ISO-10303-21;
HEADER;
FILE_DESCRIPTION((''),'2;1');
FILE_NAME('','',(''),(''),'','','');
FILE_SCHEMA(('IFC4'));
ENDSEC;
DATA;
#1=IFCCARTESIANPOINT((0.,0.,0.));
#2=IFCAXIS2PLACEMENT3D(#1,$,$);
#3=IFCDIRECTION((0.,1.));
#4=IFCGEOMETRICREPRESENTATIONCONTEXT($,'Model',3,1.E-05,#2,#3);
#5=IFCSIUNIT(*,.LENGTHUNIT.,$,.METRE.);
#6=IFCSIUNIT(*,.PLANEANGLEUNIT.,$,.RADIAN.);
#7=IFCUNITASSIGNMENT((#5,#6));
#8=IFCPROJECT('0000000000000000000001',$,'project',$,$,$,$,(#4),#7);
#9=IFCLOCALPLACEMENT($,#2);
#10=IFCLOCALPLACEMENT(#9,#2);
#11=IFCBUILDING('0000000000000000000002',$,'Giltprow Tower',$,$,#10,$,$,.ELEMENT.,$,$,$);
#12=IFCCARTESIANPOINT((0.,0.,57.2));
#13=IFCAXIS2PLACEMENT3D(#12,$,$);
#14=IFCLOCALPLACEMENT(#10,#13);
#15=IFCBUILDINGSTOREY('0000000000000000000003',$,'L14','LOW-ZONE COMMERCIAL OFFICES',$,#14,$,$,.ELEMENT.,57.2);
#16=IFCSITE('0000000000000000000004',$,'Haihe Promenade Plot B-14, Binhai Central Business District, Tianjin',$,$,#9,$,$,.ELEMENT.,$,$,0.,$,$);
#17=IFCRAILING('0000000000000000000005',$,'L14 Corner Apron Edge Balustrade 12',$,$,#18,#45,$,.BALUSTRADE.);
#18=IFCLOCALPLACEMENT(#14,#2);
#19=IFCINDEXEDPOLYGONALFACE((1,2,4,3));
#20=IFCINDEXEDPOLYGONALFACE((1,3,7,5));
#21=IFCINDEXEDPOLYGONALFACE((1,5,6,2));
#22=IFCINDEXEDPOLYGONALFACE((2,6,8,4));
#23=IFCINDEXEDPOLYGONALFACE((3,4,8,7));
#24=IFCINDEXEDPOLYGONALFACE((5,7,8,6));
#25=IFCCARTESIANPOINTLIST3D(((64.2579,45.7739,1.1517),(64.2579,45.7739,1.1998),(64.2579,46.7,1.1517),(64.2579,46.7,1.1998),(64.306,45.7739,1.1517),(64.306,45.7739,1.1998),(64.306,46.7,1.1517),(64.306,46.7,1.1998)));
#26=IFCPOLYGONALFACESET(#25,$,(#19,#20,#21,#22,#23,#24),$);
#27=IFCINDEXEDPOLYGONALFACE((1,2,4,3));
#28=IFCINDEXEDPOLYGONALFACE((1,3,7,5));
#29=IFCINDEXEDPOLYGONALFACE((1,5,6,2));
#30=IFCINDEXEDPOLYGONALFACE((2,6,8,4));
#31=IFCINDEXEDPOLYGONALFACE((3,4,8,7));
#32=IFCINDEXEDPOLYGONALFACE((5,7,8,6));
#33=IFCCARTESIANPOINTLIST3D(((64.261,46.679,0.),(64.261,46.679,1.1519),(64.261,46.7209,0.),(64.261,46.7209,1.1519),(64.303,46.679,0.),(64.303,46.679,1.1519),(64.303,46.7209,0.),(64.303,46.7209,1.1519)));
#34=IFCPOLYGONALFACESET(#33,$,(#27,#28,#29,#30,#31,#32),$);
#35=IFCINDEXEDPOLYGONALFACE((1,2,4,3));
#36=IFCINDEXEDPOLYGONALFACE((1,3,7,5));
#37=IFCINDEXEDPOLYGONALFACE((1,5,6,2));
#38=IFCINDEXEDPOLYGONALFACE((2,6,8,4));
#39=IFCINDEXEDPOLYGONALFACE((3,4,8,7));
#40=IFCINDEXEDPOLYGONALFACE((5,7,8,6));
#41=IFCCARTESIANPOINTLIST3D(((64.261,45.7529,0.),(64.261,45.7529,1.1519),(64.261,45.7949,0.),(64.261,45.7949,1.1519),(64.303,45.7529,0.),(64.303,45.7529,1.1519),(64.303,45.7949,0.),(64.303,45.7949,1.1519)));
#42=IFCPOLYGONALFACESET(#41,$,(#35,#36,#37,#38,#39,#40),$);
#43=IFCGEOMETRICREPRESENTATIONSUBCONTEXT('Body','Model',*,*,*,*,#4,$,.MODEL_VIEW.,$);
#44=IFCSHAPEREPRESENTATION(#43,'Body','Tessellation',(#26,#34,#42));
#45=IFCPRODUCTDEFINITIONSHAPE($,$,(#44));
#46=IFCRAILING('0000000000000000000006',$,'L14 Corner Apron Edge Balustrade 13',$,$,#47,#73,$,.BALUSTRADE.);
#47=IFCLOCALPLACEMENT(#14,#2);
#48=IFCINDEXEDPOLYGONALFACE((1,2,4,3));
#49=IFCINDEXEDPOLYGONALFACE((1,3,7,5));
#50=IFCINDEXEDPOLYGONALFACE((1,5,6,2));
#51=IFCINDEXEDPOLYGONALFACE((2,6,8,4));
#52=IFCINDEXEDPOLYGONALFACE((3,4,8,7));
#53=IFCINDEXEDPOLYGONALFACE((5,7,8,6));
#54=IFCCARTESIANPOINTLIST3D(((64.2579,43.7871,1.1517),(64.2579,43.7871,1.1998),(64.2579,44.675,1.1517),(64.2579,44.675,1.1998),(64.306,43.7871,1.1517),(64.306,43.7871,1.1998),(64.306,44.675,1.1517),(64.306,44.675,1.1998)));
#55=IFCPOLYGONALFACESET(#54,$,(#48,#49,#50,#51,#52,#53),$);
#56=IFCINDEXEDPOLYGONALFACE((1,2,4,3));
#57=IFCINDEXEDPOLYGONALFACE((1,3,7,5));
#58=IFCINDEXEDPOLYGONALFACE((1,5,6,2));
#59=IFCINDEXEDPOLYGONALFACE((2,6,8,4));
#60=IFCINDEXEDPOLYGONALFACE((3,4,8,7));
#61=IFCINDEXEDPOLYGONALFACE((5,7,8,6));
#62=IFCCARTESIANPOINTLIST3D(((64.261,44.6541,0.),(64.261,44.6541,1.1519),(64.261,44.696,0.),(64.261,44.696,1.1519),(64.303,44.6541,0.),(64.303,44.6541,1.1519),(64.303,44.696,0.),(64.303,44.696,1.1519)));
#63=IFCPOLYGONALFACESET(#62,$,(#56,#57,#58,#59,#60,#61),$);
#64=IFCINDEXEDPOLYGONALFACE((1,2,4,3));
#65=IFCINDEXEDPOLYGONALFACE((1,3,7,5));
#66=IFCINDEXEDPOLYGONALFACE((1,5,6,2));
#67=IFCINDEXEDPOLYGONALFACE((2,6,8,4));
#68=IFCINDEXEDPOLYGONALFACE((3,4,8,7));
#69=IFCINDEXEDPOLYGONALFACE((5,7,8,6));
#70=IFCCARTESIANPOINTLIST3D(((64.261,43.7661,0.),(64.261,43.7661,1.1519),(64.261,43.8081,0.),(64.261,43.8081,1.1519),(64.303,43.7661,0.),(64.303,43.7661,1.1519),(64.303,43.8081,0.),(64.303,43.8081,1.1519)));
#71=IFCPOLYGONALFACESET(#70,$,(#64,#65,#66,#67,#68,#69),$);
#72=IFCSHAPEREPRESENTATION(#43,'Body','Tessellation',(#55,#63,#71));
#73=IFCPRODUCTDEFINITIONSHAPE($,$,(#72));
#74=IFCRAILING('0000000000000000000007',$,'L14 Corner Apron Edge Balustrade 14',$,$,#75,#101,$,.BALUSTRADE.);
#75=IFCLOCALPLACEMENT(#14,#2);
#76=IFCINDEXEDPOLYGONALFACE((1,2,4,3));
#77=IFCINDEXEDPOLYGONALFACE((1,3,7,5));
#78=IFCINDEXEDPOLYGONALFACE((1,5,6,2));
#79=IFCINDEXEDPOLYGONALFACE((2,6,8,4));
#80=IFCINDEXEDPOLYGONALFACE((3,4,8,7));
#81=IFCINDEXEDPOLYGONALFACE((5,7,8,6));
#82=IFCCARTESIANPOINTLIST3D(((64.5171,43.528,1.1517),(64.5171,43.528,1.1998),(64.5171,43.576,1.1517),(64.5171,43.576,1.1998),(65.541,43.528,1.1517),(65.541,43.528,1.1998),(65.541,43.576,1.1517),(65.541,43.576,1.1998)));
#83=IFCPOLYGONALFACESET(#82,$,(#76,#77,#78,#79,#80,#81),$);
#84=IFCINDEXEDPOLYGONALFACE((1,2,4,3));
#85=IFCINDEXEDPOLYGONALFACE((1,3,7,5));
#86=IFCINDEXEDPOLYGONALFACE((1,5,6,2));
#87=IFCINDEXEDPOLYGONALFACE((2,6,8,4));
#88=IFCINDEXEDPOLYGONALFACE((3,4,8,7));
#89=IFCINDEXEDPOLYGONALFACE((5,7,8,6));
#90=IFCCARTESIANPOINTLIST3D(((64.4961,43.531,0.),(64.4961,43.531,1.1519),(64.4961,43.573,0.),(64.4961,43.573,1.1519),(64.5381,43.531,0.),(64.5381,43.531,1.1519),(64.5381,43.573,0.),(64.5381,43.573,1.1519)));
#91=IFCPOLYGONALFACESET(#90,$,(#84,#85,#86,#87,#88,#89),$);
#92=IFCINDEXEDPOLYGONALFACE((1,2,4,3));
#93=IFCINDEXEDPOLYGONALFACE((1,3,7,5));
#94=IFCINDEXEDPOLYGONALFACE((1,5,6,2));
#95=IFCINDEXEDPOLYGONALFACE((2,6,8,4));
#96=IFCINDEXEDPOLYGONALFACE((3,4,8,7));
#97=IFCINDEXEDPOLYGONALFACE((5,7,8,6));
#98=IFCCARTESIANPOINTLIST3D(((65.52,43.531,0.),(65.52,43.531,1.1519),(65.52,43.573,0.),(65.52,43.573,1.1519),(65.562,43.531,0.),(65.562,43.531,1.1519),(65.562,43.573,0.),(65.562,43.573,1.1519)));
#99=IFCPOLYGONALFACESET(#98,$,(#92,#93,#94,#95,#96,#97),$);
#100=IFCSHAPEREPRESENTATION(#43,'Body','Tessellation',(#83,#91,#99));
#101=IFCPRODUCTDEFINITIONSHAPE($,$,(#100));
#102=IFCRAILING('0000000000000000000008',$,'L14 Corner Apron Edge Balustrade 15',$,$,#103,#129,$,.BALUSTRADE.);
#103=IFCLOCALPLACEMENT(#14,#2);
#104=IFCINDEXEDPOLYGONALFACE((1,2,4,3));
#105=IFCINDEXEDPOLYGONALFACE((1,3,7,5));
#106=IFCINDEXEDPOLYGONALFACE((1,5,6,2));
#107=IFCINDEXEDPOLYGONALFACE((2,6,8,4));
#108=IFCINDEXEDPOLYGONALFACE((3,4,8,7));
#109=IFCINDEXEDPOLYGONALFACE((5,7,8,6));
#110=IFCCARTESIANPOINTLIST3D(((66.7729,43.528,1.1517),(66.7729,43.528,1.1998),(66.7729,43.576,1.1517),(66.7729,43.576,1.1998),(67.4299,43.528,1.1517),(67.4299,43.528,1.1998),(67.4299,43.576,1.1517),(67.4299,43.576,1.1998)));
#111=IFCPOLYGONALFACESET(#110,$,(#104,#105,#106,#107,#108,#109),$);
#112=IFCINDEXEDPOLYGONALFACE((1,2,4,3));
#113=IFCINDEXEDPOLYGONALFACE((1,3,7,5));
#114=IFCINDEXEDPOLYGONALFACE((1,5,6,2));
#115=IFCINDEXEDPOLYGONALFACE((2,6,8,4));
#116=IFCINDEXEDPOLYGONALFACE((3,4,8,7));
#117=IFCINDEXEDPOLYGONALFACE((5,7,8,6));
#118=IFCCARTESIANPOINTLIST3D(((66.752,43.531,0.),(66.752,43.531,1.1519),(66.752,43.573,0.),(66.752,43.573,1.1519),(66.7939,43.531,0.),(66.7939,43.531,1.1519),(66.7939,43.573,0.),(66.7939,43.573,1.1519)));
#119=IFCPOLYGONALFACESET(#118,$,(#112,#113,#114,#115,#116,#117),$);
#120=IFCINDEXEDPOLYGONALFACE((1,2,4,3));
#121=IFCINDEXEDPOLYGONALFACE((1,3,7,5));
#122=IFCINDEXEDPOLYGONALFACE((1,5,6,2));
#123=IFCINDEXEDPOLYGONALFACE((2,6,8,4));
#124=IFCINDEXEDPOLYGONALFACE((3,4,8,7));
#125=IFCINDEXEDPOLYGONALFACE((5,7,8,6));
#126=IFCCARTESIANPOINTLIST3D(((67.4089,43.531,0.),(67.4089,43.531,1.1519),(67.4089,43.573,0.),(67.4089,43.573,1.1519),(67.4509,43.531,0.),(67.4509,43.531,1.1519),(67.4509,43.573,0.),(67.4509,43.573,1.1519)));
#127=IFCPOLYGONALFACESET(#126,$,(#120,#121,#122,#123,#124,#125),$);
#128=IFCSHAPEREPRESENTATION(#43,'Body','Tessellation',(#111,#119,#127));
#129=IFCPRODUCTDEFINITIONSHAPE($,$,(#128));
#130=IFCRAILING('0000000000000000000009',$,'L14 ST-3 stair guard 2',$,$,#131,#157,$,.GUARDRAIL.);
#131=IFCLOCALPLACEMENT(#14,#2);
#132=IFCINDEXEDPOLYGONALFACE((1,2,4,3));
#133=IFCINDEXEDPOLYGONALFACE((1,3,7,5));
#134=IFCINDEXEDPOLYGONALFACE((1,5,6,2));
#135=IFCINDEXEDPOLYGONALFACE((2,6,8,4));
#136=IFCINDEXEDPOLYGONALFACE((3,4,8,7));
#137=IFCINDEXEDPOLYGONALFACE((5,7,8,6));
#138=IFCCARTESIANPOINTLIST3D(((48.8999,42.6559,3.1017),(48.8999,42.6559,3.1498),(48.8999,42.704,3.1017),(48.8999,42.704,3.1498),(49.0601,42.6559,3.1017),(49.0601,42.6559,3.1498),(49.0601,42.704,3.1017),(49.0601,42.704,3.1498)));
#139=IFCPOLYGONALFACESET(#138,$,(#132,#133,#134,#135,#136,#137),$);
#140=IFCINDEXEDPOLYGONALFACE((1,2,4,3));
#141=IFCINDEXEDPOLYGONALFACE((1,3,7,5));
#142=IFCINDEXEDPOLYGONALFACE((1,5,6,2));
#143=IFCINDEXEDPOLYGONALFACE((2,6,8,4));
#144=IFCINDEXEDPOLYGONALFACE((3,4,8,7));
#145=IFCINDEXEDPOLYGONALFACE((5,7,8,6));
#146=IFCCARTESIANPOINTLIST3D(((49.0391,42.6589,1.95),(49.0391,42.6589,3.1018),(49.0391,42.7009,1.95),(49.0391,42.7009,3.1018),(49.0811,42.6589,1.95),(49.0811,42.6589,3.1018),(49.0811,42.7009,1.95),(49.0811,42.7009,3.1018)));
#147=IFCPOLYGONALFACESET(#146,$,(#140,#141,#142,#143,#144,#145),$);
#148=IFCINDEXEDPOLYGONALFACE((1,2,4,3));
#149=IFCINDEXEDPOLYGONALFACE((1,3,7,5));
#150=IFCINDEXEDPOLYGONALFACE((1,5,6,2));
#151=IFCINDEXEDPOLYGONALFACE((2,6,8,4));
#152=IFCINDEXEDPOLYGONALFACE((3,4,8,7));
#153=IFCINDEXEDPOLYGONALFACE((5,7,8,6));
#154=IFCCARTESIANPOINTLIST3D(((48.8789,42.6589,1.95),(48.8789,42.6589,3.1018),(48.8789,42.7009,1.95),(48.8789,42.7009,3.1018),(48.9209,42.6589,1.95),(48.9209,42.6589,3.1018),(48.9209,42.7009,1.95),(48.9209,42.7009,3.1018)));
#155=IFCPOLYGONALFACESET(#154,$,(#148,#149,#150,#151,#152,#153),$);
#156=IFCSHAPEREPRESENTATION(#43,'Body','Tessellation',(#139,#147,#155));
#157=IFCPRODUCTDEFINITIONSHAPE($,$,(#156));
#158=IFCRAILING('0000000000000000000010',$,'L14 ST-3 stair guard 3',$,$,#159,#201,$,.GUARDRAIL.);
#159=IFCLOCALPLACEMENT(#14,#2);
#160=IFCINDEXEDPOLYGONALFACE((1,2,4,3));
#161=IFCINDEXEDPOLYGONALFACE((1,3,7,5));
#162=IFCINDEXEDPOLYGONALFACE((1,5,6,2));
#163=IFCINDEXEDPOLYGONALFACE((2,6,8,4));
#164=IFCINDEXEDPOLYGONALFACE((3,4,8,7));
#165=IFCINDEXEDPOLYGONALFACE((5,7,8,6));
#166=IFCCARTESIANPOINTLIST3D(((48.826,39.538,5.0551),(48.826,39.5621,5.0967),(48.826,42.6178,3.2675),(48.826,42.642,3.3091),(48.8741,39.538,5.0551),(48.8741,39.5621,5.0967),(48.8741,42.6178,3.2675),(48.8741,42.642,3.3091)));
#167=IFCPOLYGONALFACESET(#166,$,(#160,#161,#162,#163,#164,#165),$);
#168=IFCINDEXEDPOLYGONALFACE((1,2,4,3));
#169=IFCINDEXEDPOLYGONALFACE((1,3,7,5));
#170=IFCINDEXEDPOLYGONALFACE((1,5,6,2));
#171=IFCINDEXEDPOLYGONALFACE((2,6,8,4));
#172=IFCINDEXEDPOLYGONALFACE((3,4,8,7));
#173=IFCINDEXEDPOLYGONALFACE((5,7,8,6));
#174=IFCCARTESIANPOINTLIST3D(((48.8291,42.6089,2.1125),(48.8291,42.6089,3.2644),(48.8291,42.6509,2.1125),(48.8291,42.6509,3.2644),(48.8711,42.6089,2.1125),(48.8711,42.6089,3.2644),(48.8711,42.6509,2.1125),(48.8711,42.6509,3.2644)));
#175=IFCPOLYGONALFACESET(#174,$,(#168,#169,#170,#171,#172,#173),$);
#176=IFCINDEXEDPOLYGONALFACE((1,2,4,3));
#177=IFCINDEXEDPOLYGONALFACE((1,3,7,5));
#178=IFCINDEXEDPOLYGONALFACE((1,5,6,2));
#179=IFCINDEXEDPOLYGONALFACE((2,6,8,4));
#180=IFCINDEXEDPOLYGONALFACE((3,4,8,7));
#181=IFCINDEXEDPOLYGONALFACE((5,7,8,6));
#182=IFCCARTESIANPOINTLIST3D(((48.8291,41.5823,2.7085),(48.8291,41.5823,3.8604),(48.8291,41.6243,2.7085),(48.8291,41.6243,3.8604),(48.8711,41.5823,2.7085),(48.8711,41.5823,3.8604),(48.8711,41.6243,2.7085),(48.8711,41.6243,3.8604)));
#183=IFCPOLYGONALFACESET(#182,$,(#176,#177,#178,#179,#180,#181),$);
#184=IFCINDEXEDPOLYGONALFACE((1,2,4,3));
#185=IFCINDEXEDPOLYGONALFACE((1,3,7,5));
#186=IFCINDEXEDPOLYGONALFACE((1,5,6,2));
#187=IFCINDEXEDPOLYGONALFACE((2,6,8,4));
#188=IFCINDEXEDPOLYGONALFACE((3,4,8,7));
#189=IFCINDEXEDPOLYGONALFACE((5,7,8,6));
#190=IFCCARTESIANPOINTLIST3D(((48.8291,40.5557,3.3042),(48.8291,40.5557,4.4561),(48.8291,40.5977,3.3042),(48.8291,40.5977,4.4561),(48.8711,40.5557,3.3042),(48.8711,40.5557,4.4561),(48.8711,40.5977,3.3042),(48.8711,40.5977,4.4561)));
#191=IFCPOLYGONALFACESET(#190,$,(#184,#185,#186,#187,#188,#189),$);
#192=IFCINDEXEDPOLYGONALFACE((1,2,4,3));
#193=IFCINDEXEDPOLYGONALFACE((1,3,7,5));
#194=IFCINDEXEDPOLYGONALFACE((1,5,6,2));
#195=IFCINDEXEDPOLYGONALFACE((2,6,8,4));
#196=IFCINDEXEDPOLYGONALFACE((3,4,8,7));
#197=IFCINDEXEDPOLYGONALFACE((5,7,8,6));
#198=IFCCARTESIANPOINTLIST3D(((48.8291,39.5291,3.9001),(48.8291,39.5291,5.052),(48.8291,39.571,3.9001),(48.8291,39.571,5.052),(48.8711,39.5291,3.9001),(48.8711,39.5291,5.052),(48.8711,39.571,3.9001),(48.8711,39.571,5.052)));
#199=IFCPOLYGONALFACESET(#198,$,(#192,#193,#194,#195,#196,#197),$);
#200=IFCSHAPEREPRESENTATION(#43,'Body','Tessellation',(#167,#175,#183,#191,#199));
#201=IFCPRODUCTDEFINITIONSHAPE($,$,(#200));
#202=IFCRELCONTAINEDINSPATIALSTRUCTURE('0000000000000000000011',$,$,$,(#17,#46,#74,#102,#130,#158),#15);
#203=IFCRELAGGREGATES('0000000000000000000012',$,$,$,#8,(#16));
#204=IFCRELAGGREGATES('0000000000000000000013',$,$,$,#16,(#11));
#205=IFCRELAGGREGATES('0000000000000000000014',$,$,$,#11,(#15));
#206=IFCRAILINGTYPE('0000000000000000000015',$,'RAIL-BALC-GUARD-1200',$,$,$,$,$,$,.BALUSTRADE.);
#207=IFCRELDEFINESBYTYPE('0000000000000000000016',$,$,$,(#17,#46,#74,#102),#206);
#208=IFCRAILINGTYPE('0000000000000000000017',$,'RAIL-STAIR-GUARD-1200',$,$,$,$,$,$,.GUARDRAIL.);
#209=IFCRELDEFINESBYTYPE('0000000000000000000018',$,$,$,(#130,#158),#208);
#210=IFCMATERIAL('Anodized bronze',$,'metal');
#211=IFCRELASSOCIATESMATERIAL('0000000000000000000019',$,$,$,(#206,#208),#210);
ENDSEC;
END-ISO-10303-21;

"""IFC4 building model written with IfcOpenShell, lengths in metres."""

from ifc_helpers import new_model, si_unit, direction, frame, origin, origin_2d, place, context, subcontext, project, spatial, rectangle, extrude, material, type_object, element, save


model = new_model("IFC4")

# Units and contexts
model_context = context("Model", 3, precision=1e-05, world=origin(), true_north=direction((0.0, 1.0)))
body_context = subcontext(model_context, "Body", "Model", "MODEL_VIEW")
ifc_project = project(units=[si_unit("LENGTHUNIT", "METRE"), si_unit("PLANEANGLEUNIT", "RADIAN")], contexts=[model_context])

# Site, building, storey
site_placement = place(None, origin())
site = spatial("IfcSite", under=ifc_project, at=site_placement, Name="Haihe Promenade Plot B-14, Binhai Central Business District, Tianjin", CompositionType="ELEMENT", RefElevation=0.0)
building_placement = place(site_placement, origin())
building = spatial("IfcBuilding", under=site, at=building_placement, Name="Giltprow Tower", CompositionType="ELEMENT")
storey_placement = place(building_placement, frame((0.0, 0.0, 57.2)))
storey = spatial("IfcBuildingStorey", under=building, at=storey_placement, Name="L14", Description="LOW-ZONE COMMERCIAL OFFICES", CompositionType="ELEMENT", Elevation=57.2)

# Railings
ifc_material_1 = material(Name="Anodized bronze", Category="metal")
railing_type_1 = type_object("IfcRailingType", Name="RAIL-BALC-GUARD-1200", PredefinedType="BALUSTRADE", material=ifc_material_1)
railing_1_placement = place(storey_placement, frame((64.282, 46.7, 0.0)))
element("IfcRailing", 1, at=railing_1_placement, inside=storey, type_object=railing_type_1, Name="L14 Corner Apron Edge Balustrade 12", PredefinedType="BALUSTRADE", context=body_context, shape_type="SweptSolid", body=[
    extrude(rectangle(XDim=0.0481, YDim=0.0481, at=origin_2d()), frame((0.0, 0.0, 1.1758), z_axis=(0.0, -1.0, 0.0), x_axis=(1.0, 0.0, 0.0)), (0.0, 0.0, 1.0), 0.926),
    extrude(rectangle(XDim=0.042, YDim=0.042, at=origin_2d()), origin(), (0.0, 0.0, 1.0), 1.1519),
    extrude(rectangle(XDim=0.042, YDim=0.042, at=origin_2d()), frame((0.0, -0.926, 0.0)), (0.0, 0.0, 1.0), 1.1519),
])
railing_2_placement = place(storey_placement, frame((64.282, 44.675, 0.0)))
element("IfcRailing", 2, at=railing_2_placement, inside=storey, type_object=railing_type_1, Name="L14 Corner Apron Edge Balustrade 13", PredefinedType="BALUSTRADE", context=body_context, shape_type="SweptSolid", body=[
    extrude(rectangle(XDim=0.0481, YDim=0.0481, at=origin_2d()), frame((0.0, 0.0, 1.1758), z_axis=(0.0, -1.0, 0.0), x_axis=(1.0, 0.0, 0.0)), (0.0, 0.0, 1.0), 0.8879),
    extrude(rectangle(XDim=0.042, YDim=0.042, at=origin_2d()), origin(), (0.0, 0.0, 1.0), 1.1519),
    extrude(rectangle(XDim=0.042, YDim=0.042, at=origin_2d()), frame((0.0, -0.8879, 0.0)), (0.0, 0.0, 1.0), 1.1519),
])
railing_3_placement = place(storey_placement, frame((64.5171, 43.552, 0.0)))
element("IfcRailing", 3, at=railing_3_placement, inside=storey, type_object=railing_type_1, Name="L14 Corner Apron Edge Balustrade 14", PredefinedType="BALUSTRADE", context=body_context, shape_type="SweptSolid", body=[
    extrude(rectangle(XDim=0.0481, YDim=0.0481, at=origin_2d()), frame((0.0, 0.0, 1.1758), z_axis=(1.0, 0.0, 0.0), x_axis=(0.0, 1.0, 0.0)), (0.0, 0.0, 1.0), 1.0239),
    extrude(rectangle(XDim=0.042, YDim=0.042, at=origin_2d()), origin(), (0.0, 0.0, 1.0), 1.1519),
    extrude(rectangle(XDim=0.042, YDim=0.042, at=origin_2d()), frame((1.0239, 0.0, 0.0)), (0.0, 0.0, 1.0), 1.1519),
])
railing_4_placement = place(storey_placement, frame((66.7729, 43.552, 0.0)))
element("IfcRailing", 4, at=railing_4_placement, inside=storey, type_object=railing_type_1, Name="L14 Corner Apron Edge Balustrade 15", PredefinedType="BALUSTRADE", context=body_context, shape_type="SweptSolid", body=[
    extrude(rectangle(XDim=0.0481, YDim=0.0481, at=origin_2d()), frame((0.0, 0.0, 1.1758), z_axis=(1.0, 0.0, 0.0), x_axis=(0.0, 1.0, 0.0)), (0.0, 0.0, 1.0), 0.657),
    extrude(rectangle(XDim=0.042, YDim=0.042, at=origin_2d()), origin(), (0.0, 0.0, 1.0), 1.1519),
    extrude(rectangle(XDim=0.042, YDim=0.042, at=origin_2d()), frame((0.657, 0.0, 0.0)), (0.0, 0.0, 1.0), 1.1519),
])
railing_type_2 = type_object("IfcRailingType", Name="RAIL-STAIR-GUARD-1200", PredefinedType="GUARDRAIL", material=ifc_material_1)
railing_5_placement = place(storey_placement, frame((49.0601, 42.6799, 1.95)))
element("IfcRailing", 5, at=railing_5_placement, inside=storey, type_object=railing_type_2, Name="L14 ST-3 stair guard 2", PredefinedType="GUARDRAIL", context=body_context, shape_type="SweptSolid", body=[
    extrude(rectangle(XDim=0.0481, YDim=0.0481, at=origin_2d()), frame((0.0, 0.0, 1.1758), z_axis=(-1.0, 0.0, 0.0), x_axis=(0.0, -1.0, 0.0)), (0.0, 0.0, 1.0), 0.1602),
    extrude(rectangle(XDim=0.042, YDim=0.042, at=origin_2d()), origin(), (0.0, 0.0, 1.0), 1.1519),
    extrude(rectangle(XDim=0.042, YDim=0.042, at=origin_2d()), frame((-0.1602, 0.0, 0.0)), (0.0, 0.0, 1.0), 1.1519),
])
railing_6_placement = place(storey_placement, frame((48.8501, 42.6299, 2.1125)))
element("IfcRailing", 6, at=railing_6_placement, inside=storey, type_object=railing_type_2, Name="L14 ST-3 stair guard 3", PredefinedType="GUARDRAIL", context=body_context, shape_type="SweptSolid", body=[
    extrude(rectangle(XDim=0.0481, YDim=0.0481, at=origin_2d()), frame((0.0, 0.0, 1.1758), z_axis=(0.0, -0.864873, 0.50199), x_axis=(1.0, 0.0, 0.0)), (0.0, 0.0, 1.0), 3.561),
    extrude(rectangle(XDim=0.042, YDim=0.042, at=origin_2d()), origin(), (0.0, 0.0, 1.0), 1.1519),
    extrude(rectangle(XDim=0.042, YDim=0.042, at=origin_2d()), frame((0.0, -1.0266, 0.5959)), (0.0, 0.0, 1.0), 1.1519),
    extrude(rectangle(XDim=0.042, YDim=0.042, at=origin_2d()), frame((0.0, -2.0532, 1.1917)), (0.0, 0.0, 1.0), 1.1519),
    extrude(rectangle(XDim=0.042, YDim=0.042, at=origin_2d()), frame((0.0, -3.0798, 1.7876)), (0.0, 0.0, 1.0), 1.1519),
])

save(model, "model.ifc")
